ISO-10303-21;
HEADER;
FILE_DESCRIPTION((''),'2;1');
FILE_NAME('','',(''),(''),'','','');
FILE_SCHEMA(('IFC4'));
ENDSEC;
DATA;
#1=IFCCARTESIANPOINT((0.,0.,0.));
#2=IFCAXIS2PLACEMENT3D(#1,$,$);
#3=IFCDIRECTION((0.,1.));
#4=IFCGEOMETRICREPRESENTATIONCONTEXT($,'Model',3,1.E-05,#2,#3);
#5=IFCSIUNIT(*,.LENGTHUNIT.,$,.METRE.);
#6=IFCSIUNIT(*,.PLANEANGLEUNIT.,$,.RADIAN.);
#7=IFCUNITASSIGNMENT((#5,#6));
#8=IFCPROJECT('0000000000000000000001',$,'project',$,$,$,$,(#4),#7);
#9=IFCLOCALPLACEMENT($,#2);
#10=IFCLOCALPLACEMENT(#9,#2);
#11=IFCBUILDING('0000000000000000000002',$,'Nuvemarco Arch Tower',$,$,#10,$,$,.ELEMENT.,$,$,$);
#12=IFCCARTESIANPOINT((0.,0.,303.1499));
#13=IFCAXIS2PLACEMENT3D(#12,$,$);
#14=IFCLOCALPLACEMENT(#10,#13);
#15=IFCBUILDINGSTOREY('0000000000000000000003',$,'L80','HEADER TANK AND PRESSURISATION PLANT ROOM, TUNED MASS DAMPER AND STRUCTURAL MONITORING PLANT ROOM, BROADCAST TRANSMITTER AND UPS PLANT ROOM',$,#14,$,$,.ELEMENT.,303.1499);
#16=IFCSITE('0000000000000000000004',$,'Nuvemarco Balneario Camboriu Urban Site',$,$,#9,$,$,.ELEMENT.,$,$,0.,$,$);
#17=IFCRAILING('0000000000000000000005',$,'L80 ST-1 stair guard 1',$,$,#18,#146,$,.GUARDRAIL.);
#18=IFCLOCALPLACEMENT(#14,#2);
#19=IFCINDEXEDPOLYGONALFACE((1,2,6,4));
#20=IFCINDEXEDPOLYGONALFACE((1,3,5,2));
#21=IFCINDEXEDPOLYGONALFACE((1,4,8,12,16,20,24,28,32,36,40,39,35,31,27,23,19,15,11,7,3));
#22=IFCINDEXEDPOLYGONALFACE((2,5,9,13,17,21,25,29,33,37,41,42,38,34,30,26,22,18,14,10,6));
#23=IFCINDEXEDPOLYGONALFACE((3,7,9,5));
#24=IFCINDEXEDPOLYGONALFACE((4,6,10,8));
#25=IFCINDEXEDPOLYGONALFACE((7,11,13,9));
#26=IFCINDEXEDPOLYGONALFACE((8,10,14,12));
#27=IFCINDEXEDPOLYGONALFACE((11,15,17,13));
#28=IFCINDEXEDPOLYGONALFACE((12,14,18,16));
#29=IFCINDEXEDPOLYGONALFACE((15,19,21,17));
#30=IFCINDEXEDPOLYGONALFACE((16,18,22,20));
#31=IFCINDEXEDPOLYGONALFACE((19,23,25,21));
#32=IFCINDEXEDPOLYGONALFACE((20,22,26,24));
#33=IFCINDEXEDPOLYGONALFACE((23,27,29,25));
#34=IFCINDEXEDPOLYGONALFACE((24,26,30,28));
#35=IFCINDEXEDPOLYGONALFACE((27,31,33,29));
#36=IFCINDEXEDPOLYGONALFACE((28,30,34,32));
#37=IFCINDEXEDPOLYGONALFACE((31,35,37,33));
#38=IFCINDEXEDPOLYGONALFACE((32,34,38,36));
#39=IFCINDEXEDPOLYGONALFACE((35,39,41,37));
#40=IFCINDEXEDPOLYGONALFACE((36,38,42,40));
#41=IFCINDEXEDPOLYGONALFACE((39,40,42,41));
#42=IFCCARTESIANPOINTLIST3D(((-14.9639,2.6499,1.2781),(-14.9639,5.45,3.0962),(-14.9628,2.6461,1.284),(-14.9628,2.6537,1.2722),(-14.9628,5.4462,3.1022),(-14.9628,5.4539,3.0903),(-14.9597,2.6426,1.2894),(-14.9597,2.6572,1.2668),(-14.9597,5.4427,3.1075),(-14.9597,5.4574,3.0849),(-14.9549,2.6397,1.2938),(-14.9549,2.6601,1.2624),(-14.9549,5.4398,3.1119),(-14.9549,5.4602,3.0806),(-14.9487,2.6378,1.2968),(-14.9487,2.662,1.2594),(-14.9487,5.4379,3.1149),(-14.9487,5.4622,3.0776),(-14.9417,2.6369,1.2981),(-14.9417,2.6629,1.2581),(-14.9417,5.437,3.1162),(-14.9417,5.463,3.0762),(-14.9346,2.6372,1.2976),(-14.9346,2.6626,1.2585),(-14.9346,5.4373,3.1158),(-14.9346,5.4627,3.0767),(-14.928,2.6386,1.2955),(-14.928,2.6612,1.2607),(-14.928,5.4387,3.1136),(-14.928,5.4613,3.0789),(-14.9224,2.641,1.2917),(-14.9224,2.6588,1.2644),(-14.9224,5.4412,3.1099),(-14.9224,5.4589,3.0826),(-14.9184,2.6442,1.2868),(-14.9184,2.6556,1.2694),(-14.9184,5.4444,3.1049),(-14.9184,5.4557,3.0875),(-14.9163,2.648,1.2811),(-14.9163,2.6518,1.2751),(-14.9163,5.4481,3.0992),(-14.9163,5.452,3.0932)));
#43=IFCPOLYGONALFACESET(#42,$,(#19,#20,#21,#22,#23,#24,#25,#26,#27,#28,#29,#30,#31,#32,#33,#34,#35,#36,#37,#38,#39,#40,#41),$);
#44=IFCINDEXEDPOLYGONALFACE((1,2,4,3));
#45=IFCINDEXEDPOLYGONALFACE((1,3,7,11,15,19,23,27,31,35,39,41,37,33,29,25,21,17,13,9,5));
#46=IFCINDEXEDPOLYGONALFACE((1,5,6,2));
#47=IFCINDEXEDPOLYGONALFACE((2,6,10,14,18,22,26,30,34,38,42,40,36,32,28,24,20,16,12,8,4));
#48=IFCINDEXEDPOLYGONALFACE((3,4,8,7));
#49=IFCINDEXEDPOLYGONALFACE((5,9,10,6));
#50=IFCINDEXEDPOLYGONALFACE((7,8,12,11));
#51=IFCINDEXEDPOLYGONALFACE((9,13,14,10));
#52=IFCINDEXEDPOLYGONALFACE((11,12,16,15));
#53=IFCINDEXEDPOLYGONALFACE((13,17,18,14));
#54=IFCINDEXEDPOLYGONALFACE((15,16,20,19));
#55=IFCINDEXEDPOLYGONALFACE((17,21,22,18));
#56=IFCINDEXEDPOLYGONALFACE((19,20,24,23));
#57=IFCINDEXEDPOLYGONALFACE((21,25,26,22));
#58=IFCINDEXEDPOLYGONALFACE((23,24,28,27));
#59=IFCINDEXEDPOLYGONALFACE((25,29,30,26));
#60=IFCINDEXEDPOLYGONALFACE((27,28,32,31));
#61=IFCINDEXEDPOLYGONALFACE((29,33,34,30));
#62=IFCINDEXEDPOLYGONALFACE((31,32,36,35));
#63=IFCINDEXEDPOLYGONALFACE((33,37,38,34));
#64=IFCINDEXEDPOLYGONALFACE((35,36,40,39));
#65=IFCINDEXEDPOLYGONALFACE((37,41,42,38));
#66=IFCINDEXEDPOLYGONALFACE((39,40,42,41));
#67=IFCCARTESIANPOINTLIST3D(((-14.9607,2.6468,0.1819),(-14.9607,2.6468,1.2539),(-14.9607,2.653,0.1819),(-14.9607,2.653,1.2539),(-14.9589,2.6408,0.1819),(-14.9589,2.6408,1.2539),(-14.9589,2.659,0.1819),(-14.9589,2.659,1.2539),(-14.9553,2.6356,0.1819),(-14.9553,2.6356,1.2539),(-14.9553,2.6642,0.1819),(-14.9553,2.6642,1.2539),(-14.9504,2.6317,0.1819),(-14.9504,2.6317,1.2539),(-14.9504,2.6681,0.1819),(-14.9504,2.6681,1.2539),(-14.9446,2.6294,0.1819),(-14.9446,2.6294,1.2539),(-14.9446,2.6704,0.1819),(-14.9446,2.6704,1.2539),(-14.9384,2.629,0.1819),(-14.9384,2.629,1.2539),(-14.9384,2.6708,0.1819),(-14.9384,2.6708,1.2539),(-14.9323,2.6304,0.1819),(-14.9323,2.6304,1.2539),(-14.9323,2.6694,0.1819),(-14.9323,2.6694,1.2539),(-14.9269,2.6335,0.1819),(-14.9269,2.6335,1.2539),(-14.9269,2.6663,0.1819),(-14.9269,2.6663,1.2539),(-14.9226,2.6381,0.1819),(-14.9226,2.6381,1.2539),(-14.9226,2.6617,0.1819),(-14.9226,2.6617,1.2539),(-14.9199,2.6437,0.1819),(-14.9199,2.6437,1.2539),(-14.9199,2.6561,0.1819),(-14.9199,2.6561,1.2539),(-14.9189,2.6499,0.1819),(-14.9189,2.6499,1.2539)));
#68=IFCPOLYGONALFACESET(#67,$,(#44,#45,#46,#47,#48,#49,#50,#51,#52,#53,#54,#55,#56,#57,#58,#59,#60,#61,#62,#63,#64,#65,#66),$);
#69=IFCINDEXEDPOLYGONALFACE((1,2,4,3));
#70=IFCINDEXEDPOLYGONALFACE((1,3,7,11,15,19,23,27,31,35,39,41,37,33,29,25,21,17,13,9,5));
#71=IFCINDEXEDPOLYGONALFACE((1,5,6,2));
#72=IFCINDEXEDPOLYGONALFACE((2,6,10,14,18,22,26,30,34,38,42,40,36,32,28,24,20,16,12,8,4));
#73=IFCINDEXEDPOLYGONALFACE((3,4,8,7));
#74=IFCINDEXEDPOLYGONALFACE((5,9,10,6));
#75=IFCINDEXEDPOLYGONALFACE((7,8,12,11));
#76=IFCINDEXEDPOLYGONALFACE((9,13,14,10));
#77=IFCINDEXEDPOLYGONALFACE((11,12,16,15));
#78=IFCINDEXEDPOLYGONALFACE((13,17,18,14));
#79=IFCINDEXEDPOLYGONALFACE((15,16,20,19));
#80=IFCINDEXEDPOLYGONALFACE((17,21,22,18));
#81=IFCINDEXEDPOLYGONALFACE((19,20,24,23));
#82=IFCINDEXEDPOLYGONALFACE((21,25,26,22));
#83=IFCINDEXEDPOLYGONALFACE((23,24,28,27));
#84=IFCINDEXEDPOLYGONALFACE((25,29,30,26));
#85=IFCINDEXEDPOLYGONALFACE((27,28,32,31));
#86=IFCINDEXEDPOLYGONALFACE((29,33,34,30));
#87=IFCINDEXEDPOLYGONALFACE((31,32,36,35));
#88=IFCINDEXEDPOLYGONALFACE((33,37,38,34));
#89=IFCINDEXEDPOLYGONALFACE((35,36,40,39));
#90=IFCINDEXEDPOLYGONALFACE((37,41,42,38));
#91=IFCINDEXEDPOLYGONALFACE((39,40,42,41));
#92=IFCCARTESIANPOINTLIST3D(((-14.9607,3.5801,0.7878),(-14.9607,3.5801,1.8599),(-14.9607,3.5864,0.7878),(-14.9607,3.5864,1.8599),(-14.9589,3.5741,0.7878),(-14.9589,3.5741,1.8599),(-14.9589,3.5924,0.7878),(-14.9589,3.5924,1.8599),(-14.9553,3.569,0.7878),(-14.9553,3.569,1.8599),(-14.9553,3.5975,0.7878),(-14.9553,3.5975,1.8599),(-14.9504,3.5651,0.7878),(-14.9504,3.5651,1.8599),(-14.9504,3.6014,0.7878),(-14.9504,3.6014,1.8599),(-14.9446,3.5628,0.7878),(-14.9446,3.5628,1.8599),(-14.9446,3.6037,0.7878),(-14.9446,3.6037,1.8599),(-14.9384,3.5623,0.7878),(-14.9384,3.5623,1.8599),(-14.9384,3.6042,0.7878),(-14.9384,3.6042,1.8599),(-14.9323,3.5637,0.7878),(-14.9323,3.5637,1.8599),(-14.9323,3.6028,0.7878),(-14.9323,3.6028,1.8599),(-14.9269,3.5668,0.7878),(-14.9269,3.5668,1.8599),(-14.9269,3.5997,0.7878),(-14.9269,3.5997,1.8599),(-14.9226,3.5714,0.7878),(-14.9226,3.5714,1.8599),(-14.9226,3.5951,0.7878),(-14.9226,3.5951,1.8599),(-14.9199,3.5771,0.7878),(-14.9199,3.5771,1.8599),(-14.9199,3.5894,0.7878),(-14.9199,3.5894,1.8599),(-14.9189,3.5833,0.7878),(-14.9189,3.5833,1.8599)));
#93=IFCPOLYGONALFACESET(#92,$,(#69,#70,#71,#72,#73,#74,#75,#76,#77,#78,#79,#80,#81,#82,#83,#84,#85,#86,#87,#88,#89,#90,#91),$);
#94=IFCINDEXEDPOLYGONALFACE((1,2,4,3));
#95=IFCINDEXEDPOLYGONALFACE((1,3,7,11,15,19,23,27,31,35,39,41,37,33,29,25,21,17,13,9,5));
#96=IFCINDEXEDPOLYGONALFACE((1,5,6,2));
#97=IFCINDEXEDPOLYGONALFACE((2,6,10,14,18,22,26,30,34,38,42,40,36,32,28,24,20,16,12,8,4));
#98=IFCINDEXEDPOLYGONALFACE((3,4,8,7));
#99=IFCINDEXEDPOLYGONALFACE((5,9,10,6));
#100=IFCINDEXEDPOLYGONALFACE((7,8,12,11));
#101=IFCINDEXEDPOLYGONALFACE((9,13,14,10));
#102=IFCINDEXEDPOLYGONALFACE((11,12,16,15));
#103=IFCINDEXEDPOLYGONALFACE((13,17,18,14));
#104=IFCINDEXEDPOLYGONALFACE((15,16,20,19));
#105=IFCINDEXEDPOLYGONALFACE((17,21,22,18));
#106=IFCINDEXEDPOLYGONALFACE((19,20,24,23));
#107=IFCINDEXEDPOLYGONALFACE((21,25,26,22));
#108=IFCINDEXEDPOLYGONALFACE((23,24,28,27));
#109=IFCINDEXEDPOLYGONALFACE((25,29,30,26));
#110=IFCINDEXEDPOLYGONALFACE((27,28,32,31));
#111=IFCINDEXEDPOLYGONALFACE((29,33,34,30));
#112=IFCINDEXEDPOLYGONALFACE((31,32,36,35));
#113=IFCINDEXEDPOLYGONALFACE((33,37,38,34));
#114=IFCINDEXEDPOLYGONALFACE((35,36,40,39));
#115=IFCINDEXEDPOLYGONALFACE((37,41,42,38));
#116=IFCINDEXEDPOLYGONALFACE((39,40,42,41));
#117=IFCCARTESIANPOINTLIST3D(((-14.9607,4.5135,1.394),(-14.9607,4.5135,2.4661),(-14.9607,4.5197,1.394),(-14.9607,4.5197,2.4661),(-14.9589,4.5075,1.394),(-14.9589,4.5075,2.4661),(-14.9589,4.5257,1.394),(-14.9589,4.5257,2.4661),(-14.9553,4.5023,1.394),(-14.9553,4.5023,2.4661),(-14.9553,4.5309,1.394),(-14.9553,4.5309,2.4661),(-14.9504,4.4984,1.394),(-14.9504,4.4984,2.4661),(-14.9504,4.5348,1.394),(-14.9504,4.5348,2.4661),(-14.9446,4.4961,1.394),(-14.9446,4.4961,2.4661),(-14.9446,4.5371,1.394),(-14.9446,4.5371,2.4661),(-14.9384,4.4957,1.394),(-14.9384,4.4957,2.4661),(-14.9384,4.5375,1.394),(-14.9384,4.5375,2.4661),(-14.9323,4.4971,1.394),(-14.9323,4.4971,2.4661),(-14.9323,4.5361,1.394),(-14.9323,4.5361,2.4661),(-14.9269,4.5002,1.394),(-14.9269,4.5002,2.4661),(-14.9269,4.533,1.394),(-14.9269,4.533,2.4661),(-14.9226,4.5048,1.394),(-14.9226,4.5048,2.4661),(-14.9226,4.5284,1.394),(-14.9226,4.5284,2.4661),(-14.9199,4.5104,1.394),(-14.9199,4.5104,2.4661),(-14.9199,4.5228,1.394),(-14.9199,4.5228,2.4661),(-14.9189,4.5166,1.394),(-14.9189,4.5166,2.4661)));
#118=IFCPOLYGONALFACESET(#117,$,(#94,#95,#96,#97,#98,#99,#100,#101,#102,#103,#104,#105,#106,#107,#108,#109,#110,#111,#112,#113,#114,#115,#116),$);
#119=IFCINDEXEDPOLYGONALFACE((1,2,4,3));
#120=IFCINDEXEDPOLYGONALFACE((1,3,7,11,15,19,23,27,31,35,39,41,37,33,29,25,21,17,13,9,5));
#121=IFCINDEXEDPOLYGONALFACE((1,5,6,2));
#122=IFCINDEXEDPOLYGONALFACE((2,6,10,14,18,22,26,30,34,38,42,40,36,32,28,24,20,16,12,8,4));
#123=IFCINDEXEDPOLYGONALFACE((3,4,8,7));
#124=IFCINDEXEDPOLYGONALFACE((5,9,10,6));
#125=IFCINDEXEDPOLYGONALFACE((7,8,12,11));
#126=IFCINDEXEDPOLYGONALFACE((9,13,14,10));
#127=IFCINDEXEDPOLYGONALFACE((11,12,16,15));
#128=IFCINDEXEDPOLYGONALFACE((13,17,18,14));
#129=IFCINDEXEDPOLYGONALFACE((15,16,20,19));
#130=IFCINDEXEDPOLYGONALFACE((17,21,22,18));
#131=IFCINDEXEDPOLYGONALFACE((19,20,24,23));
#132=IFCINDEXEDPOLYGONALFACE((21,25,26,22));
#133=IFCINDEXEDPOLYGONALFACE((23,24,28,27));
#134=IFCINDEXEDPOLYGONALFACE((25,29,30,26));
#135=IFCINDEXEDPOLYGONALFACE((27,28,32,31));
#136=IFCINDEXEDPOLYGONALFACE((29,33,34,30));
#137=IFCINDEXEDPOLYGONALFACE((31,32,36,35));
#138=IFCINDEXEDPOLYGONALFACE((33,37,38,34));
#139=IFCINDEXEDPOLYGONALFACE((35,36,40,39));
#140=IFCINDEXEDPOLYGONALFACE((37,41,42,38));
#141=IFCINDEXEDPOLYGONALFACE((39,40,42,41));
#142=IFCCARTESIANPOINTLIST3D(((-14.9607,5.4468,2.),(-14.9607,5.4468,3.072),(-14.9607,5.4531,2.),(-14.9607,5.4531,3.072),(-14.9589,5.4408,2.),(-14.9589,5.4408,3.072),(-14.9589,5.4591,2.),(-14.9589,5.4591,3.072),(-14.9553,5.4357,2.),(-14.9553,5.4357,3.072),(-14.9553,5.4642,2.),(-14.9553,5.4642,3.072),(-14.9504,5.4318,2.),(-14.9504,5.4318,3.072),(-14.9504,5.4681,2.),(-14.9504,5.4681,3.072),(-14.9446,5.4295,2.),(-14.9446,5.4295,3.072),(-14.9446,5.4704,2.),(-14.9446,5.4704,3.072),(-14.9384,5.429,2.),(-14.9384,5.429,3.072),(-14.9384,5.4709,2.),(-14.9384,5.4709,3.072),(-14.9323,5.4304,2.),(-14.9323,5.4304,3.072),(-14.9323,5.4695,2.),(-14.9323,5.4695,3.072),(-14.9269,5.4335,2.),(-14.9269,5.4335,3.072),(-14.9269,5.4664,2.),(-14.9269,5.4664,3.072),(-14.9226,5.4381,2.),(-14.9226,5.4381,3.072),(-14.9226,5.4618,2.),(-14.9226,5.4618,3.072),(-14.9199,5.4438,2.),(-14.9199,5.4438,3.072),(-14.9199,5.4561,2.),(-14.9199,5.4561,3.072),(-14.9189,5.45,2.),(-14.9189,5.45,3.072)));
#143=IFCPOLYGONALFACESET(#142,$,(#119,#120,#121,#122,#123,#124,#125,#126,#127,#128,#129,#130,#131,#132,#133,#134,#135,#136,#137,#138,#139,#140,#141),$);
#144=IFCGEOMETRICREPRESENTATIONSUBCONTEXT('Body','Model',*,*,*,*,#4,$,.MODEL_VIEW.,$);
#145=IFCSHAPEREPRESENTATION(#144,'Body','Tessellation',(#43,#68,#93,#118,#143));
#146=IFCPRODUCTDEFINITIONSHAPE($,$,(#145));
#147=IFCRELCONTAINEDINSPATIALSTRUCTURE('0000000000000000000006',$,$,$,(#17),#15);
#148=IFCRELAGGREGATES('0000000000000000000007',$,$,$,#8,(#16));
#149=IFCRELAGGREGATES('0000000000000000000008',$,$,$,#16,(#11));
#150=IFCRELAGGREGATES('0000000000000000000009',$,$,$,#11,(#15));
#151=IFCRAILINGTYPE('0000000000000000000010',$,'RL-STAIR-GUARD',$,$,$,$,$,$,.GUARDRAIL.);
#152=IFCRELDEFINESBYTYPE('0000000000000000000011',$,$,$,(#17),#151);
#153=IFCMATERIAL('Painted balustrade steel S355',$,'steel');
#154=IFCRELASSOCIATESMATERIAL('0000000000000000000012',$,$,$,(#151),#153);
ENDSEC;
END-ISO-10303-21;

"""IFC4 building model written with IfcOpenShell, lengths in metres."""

from ifc_helpers import new_model, si_unit, direction, frame, origin, origin_2d, place, context, subcontext, project, spatial, circle, extrude, material, type_object, element, save


model = new_model("IFC4")

# Units and contexts
model_context = context("Model", 3, precision=1e-05, world=origin(), true_north=direction((0.0, 1.0)))
body_context = subcontext(model_context, "Body", "Model", "MODEL_VIEW")
ifc_project = project(units=[si_unit("LENGTHUNIT", "METRE"), si_unit("PLANEANGLEUNIT", "RADIAN")], contexts=[model_context])

# Site, building, storey
site_placement = place(None, origin())
site = spatial("IfcSite", under=ifc_project, at=site_placement, Name="Nuvemarco Balneario Camboriu Urban Site", CompositionType="ELEMENT", RefElevation=0.0)
building_placement = place(site_placement, origin())
building = spatial("IfcBuilding", under=site, at=building_placement, Name="Nuvemarco Arch Tower", CompositionType="ELEMENT")
storey_placement = place(building_placement, frame((0.0, 0.0, 303.1499)))
storey = spatial("IfcBuildingStorey", under=building, at=storey_placement, Name="L80", Description="HEADER TANK AND PRESSURISATION PLANT ROOM, TUNED MASS DAMPER AND STRUCTURAL MONITORING PLANT ROOM, BROADCAST TRANSMITTER AND UPS PLANT ROOM", CompositionType="ELEMENT", Elevation=303.1499)

# Railing
ifc_material_1 = material(Name="Painted balustrade steel S355", Category="steel")
railing_type_1 = type_object("IfcRailingType", Name="RL-STAIR-GUARD", PredefinedType="GUARDRAIL", material=ifc_material_1)
railing_1_placement = place(storey_placement, frame((-14.9399, 2.6499, 0.1819)))
element("IfcRailing", 1, at=railing_1_placement, inside=storey, type_object=railing_type_1, Name="L80 ST-1 stair guard 1", PredefinedType="GUARDRAIL", context=body_context, shape_type="SweptSolid", body=[
    extrude(circle(Radius=0.0239, at=origin_2d()), frame((0.0, 0.0, 1.0962), z_axis=(0.0, 0.838706, 0.544585), x_axis=(-1.0, 0.0, 0.0)), (0.0, 0.0, 1.0), 3.3386),
    extrude(circle(Radius=0.021, at=origin_2d()), origin(), (0.0, 0.0, 1.0), 1.072),
    extrude(circle(Radius=0.021, at=origin_2d()), frame((0.0, 0.9333, 0.606)), (0.0, 0.0, 1.0), 1.072),
    extrude(circle(Radius=0.021, at=origin_2d()), frame((0.0, 1.8667, 1.2122)), (0.0, 0.0, 1.0), 1.072),
    extrude(circle(Radius=0.021, at=origin_2d()), frame((0.0, 2.8, 1.8181)), (0.0, 0.0, 1.0), 1.072),
])

save(model, "model.ifc")
